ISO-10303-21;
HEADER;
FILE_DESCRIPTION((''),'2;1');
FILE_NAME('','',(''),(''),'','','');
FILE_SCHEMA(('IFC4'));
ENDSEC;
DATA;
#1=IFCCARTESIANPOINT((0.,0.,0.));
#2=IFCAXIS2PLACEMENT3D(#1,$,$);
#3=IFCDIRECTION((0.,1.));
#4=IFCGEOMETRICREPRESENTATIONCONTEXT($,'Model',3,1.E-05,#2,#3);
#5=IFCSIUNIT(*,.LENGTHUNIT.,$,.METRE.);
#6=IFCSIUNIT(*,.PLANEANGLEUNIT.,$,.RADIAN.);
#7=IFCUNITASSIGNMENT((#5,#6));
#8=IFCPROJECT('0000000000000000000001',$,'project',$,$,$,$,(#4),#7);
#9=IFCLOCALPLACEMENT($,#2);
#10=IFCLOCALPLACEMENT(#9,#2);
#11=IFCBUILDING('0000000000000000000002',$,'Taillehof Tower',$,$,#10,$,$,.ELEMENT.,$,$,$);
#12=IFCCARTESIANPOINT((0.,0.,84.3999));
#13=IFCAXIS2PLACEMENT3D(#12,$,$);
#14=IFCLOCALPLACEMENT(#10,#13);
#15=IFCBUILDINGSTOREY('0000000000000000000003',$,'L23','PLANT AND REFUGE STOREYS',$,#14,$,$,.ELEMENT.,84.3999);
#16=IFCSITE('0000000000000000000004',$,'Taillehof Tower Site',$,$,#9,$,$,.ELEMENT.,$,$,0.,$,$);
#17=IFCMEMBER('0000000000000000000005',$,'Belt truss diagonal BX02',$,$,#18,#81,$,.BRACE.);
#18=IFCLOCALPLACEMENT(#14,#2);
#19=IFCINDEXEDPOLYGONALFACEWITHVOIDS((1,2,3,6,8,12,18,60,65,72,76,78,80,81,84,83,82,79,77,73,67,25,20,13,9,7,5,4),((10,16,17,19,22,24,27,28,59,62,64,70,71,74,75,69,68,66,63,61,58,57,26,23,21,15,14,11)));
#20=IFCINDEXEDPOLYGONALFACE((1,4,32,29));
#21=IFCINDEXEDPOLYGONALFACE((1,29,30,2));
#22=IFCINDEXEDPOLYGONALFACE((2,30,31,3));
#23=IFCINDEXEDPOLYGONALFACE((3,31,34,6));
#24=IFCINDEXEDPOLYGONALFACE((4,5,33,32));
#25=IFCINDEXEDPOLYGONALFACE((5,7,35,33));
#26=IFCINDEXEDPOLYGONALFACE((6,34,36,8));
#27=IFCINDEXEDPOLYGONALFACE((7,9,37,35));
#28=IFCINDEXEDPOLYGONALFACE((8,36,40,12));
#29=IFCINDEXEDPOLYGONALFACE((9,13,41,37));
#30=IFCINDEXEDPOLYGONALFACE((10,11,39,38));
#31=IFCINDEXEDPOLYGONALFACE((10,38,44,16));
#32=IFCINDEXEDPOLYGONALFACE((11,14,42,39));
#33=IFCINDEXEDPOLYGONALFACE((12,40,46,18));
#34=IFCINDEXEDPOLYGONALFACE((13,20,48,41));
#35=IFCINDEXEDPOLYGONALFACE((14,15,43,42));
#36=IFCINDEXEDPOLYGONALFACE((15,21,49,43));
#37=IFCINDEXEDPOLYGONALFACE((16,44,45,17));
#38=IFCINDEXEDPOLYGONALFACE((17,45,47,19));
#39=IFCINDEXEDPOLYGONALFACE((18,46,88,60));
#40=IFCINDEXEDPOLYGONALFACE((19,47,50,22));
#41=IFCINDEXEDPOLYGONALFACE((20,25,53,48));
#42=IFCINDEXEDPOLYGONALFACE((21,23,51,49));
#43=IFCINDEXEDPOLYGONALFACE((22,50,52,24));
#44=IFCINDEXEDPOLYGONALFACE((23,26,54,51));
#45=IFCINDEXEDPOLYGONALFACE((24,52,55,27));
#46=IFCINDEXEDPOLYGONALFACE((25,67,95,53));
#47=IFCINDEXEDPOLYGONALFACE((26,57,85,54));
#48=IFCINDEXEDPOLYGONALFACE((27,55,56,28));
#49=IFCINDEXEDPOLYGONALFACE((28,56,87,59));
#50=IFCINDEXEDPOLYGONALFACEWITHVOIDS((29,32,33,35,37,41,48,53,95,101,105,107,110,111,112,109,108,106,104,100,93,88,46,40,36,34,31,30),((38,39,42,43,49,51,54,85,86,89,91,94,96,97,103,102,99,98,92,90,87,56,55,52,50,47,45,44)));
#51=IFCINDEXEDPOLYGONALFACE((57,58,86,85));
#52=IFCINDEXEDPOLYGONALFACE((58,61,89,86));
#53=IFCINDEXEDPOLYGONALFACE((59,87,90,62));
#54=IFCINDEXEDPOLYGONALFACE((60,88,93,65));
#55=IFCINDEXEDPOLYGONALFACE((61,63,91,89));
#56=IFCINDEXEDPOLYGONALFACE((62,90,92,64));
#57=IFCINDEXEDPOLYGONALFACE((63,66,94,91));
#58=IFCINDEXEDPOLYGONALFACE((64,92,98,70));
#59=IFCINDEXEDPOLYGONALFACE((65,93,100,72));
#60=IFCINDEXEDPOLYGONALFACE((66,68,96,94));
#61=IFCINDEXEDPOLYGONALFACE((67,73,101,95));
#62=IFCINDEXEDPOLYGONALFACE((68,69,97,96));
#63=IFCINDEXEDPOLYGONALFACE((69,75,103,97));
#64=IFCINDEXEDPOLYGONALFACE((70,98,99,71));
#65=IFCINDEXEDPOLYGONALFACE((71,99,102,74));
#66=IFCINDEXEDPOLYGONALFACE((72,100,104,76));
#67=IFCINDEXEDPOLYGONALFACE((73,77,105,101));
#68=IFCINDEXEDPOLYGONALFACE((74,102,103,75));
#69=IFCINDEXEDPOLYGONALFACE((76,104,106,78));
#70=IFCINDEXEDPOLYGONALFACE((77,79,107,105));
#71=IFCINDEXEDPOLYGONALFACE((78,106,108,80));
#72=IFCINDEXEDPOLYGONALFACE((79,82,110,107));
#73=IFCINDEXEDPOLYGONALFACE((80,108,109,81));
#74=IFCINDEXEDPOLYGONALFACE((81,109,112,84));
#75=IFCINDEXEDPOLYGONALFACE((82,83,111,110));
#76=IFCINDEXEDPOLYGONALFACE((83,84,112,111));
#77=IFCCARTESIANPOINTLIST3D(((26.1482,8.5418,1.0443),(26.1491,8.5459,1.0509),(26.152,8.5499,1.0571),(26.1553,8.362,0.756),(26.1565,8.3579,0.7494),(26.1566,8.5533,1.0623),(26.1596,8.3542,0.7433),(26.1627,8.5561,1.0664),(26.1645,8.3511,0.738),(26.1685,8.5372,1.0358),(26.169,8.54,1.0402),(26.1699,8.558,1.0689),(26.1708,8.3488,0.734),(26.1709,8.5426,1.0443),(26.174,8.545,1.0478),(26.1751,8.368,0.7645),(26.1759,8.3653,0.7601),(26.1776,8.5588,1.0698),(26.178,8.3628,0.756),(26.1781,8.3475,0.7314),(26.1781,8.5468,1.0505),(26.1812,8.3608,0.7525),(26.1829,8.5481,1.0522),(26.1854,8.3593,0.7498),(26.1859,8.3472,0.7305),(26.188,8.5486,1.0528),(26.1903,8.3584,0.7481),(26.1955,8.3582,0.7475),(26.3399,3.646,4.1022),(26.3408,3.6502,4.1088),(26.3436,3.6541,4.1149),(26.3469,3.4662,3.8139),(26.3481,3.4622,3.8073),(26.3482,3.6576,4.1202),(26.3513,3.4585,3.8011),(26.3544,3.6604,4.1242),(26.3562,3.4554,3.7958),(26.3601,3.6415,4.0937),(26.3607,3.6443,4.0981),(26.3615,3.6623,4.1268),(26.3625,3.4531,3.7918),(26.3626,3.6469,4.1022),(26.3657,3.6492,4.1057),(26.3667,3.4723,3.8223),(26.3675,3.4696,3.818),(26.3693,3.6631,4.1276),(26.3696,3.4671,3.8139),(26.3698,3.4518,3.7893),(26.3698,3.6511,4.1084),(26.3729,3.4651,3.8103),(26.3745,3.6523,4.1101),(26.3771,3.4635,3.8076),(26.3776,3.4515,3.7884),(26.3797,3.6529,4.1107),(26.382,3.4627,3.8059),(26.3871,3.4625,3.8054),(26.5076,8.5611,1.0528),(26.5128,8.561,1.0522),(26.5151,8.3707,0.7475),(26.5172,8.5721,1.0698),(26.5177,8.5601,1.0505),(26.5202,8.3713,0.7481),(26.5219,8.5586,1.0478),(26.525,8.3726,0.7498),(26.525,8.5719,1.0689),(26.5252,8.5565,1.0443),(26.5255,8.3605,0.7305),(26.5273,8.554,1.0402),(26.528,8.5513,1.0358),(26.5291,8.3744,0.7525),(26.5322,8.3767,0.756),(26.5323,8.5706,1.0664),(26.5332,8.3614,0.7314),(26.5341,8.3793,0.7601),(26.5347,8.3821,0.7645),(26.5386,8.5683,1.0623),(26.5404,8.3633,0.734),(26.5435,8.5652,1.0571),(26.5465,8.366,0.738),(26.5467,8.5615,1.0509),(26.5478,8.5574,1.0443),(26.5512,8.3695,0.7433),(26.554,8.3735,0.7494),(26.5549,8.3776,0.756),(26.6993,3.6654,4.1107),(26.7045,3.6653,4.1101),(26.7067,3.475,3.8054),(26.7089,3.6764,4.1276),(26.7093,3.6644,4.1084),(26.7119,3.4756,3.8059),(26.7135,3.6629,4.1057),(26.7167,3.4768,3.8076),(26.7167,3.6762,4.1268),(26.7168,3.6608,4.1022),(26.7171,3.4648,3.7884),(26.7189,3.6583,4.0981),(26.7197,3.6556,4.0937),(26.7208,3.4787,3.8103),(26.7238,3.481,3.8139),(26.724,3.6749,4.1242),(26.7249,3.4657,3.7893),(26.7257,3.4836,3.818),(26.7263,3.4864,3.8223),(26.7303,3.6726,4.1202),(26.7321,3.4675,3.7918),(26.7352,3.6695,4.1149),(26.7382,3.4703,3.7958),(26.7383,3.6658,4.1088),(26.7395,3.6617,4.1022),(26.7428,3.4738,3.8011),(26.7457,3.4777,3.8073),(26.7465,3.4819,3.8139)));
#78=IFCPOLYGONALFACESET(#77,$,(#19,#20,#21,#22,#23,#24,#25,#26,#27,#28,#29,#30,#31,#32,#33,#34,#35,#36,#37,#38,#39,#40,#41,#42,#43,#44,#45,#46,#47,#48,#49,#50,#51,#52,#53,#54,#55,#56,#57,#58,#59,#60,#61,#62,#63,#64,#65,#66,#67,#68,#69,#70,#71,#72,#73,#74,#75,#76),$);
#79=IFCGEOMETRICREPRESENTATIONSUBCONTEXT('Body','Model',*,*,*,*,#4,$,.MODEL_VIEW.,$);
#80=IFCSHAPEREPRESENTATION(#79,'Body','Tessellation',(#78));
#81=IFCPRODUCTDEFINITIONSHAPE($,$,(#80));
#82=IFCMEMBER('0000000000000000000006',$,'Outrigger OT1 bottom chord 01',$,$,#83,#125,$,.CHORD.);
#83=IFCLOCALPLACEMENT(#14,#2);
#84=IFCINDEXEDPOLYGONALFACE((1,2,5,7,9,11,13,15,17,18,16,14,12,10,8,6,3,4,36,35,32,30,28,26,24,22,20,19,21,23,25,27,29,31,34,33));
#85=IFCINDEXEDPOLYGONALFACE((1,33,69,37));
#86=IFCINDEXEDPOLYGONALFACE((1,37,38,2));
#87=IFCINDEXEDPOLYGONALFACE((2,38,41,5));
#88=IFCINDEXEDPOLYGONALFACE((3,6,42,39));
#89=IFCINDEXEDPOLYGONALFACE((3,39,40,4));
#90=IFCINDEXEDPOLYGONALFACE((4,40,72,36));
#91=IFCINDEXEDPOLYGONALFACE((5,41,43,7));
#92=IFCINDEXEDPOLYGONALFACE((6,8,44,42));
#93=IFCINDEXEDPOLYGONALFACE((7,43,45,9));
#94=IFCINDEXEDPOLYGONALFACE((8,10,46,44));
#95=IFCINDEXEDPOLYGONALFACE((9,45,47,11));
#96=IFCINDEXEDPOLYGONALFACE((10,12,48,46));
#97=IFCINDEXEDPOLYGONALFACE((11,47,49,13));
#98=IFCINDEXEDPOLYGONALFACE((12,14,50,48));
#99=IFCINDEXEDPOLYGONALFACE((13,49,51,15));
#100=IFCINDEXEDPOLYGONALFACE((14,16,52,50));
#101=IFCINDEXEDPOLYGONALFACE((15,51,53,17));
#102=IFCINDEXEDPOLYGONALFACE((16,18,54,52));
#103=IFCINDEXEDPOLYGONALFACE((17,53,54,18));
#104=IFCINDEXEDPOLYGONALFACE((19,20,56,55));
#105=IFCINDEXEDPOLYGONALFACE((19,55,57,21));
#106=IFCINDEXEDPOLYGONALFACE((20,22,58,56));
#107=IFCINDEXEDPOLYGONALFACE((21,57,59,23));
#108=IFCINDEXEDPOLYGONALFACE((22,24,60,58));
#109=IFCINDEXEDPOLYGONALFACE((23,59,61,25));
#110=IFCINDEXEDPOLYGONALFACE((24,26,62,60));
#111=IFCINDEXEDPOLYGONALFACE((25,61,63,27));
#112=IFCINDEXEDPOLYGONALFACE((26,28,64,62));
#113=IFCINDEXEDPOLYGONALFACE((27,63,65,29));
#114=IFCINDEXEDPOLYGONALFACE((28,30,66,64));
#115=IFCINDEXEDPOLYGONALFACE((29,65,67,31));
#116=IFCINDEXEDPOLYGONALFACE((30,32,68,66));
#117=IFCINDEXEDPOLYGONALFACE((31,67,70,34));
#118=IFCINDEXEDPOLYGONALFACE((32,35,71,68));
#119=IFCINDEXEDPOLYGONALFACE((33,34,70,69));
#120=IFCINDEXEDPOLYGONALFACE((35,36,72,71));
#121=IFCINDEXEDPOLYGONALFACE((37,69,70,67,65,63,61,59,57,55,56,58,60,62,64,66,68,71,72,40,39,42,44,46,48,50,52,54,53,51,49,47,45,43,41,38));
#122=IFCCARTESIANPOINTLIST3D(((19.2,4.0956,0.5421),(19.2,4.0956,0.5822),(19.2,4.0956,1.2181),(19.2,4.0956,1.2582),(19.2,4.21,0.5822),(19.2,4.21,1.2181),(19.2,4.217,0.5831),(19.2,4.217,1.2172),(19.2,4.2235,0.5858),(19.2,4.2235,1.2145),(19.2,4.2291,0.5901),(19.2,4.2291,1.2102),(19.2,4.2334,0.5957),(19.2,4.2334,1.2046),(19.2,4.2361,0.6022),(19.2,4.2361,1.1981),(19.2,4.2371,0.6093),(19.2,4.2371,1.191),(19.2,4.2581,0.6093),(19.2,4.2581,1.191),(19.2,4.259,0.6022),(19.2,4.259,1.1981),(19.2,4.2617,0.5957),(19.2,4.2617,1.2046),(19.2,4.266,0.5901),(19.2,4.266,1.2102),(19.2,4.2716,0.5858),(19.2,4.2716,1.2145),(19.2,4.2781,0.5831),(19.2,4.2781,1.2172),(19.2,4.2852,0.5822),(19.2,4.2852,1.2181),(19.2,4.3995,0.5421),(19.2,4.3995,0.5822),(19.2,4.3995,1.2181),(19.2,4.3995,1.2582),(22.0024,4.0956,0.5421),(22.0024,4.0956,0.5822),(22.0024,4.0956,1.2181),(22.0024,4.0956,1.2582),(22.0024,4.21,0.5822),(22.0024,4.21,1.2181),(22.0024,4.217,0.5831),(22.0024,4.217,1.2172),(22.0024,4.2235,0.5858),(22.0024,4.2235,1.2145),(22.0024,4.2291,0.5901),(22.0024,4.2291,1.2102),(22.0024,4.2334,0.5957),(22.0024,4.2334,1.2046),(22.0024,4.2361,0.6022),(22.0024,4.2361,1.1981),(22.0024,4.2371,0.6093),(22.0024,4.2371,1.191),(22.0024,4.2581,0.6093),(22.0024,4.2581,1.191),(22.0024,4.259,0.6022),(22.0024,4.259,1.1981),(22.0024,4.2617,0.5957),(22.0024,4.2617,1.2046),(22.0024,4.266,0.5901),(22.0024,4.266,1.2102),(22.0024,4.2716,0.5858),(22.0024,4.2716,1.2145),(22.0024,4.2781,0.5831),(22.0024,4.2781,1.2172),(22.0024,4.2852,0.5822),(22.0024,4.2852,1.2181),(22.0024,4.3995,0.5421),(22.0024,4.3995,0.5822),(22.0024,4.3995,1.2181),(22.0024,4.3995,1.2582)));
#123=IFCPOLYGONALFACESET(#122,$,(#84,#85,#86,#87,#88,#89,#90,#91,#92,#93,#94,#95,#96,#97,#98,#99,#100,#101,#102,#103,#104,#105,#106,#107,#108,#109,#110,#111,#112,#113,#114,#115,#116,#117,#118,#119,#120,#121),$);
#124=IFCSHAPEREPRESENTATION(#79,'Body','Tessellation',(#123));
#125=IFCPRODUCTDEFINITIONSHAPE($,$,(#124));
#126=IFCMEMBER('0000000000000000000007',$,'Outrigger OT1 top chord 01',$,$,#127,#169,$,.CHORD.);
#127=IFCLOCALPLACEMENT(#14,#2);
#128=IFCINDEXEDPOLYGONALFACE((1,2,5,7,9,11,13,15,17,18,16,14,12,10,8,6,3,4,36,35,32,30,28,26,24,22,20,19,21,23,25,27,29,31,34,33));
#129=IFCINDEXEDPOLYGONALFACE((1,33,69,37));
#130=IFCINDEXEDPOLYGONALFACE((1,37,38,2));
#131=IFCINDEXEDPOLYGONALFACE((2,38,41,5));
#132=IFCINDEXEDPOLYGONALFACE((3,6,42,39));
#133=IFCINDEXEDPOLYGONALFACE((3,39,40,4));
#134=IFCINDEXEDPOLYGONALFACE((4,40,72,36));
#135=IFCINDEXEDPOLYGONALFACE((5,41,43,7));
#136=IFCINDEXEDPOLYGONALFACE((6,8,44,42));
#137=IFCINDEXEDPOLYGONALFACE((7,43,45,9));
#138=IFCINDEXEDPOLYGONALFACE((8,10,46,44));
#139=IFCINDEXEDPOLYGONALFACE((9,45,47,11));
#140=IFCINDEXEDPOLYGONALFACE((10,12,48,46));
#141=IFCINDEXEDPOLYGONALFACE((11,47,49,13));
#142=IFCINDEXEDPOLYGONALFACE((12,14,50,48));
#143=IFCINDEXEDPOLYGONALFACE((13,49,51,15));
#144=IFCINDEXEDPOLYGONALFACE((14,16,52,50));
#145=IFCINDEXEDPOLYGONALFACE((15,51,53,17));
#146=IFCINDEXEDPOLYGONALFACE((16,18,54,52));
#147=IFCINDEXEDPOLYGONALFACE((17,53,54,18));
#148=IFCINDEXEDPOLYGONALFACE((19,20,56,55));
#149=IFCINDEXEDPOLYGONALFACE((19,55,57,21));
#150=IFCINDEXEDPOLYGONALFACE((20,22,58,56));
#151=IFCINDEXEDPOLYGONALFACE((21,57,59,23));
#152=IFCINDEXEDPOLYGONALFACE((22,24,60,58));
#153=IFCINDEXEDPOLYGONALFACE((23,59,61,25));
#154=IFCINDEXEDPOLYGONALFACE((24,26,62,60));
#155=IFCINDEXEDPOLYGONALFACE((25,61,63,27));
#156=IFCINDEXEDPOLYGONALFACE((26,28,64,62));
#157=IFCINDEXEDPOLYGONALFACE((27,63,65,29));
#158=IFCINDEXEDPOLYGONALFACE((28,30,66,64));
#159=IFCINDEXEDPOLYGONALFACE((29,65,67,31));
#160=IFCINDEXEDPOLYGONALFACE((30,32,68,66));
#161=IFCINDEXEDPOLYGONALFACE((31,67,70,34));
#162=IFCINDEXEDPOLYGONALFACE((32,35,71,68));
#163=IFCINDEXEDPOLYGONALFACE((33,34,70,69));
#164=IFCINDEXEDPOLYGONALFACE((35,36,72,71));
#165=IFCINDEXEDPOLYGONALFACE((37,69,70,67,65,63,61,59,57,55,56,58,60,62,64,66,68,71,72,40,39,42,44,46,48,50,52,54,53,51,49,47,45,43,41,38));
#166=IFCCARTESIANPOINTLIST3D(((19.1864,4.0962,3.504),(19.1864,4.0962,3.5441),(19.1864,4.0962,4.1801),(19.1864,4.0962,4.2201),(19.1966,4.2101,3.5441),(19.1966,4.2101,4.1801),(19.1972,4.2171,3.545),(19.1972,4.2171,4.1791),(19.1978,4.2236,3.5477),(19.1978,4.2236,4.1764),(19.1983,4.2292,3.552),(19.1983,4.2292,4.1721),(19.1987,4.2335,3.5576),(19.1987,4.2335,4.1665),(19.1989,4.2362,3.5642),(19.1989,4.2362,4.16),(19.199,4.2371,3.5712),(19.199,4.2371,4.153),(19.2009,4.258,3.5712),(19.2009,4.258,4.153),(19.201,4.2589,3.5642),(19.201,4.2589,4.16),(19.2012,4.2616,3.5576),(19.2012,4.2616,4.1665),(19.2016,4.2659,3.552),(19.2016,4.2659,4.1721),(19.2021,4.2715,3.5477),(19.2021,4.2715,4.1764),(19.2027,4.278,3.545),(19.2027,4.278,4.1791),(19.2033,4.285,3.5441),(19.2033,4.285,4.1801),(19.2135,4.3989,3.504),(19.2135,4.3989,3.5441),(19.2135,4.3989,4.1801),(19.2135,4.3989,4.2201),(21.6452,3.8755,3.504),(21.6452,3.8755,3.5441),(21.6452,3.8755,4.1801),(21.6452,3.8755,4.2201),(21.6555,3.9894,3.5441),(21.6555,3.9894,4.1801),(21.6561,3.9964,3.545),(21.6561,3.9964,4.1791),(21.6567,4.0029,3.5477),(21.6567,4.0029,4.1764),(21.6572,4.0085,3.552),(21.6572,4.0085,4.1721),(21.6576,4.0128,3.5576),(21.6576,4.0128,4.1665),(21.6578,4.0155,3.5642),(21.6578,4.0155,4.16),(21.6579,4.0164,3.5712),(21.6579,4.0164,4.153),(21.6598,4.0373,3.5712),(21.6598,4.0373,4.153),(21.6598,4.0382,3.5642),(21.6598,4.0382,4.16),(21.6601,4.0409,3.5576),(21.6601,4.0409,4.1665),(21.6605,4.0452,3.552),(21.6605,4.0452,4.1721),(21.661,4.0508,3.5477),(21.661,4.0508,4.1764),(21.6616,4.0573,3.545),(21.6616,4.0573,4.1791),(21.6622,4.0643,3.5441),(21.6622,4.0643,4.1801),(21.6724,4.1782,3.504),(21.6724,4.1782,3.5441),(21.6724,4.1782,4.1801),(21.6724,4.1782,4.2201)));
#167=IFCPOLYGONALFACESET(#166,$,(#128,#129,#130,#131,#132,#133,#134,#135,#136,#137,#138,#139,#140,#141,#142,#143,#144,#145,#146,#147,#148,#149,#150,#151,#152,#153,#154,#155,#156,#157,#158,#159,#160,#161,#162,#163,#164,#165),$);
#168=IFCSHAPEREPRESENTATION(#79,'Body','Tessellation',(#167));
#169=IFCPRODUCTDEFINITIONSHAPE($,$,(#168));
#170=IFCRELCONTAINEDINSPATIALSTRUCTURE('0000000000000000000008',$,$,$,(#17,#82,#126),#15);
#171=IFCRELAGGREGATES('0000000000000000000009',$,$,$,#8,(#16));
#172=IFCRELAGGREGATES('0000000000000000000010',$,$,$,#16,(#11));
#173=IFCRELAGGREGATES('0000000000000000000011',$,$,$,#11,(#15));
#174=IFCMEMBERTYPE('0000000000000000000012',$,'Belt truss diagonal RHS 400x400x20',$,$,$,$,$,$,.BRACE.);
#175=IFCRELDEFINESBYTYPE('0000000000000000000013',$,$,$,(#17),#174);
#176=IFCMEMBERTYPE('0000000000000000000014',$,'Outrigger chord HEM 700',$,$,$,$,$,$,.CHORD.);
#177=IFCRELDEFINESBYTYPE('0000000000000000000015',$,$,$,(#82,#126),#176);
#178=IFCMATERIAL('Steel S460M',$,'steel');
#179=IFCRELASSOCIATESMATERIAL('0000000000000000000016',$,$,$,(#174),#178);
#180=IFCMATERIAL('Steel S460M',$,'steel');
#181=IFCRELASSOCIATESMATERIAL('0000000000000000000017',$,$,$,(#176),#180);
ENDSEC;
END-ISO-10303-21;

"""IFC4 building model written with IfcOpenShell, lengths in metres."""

from ifc_helpers import new_model, si_unit, direction, frame, origin, origin_2d, place, context, subcontext, project, spatial, hollow_rectangle, i_section, extrude, material, material_profile, profile_set, type_object, element, save


model = new_model("IFC4")

# Units and contexts
model_context = context("Model", 3, precision=1e-05, world=origin(), true_north=direction((0.0, 1.0)))
body_context = subcontext(model_context, "Body", "Model", "MODEL_VIEW")
ifc_project = project(units=[si_unit("LENGTHUNIT", "METRE"), si_unit("PLANEANGLEUNIT", "RADIAN")], contexts=[model_context])

# Site, building, storey
site_placement = place(None, origin())
site = spatial("IfcSite", under=ifc_project, at=site_placement, Name="Taillehof Tower Site", CompositionType="ELEMENT", RefElevation=0.0)
building_placement = place(site_placement, origin())
building = spatial("IfcBuilding", under=site, at=building_placement, Name="Taillehof Tower", CompositionType="ELEMENT")
storey_placement = place(building_placement, frame((0.0, 0.0, 84.3999)))
storey = spatial("IfcBuildingStorey", under=building, at=storey_placement, Name="L23", Description="PLANT AND REFUGE STOREYS", CompositionType="ELEMENT", Elevation=84.3999)

# Members
ifc_material_1 = material(Name="Steel S460M", Category="steel")
ifc_material_profile_1 = material_profile(ifc_material_1, hollow_rectangle(XDim=0.3999, YDim=0.3999, WallThickness=0.02, InnerFilletRadius=0.02, OuterFilletRadius=0.03, at=origin_2d()), Name="RHS 400x400x20")
ifc_profile_set_1 = profile_set([ifc_material_profile_1], Name="Steel S460M")
member_type_1 = type_object("IfcMemberType", Name="Belt truss diagonal RHS 400x400x20", PredefinedType="BRACE", material=ifc_profile_set_1)
member_1_placement = place(storey_placement, frame((26.5432, 3.564, 3.958), z_axis=(-0.033184, 0.847686, -0.52946), x_axis=(-0.999235, -0.039116, 0.0)))
element("IfcMember", 1, at=member_1_placement, inside=storey, type_object=member_type_1, Name="Belt truss diagonal BX02", PredefinedType="BRACE", context=body_context, shape_type="SweptSolid", body=[
    extrude(hollow_rectangle(XDim=0.3999, YDim=0.3999, WallThickness=0.02, InnerFilletRadius=0.02, OuterFilletRadius=0.03, at=origin_2d()), origin(), (0.0, 0.0, 1.0), 5.7754),
])
ifc_material_2 = material(Name="Steel S460M", Category="steel")
ifc_material_profile_2 = material_profile(ifc_material_2, i_section(OverallWidth=0.304, OverallDepth=0.7161, WebThickness=0.021, FlangeThickness=0.04, FilletRadius=0.0271, at=origin_2d()), Name="HEM 700")
ifc_profile_set_2 = profile_set([ifc_material_profile_2], Name="Steel S460M")
member_type_2 = type_object("IfcMemberType", Name="Outrigger chord HEM 700", PredefinedType="CHORD", material=ifc_profile_set_2)
member_2_placement = place(storey_placement, frame((19.2, 4.2476, 0.9001), z_axis=(1.0, 0.0, 0.0), x_axis=(0.0, 1.0, 0.0)))
element("IfcMember", 2, at=member_2_placement, inside=storey, type_object=member_type_2, Name="Outrigger OT1 bottom chord 01", PredefinedType="CHORD", context=body_context, shape_type="SweptSolid", body=[
    extrude(i_section(OverallWidth=0.304, OverallDepth=0.7161, WebThickness=0.021, FlangeThickness=0.04, FilletRadius=0.0271, at=origin_2d()), origin(), (0.0, 0.0, 1.0), 2.8025),
])
member_3_placement = place(storey_placement, frame((19.2, 4.2476, 3.8621), z_axis=(0.995996, -0.089394, 0.0), x_axis=(0.089394, 0.995996, 0.0)))
element("IfcMember", 3, at=member_3_placement, inside=storey, type_object=member_type_2, Name="Outrigger OT1 top chord 01", PredefinedType="CHORD", context=body_context, shape_type="SweptSolid", body=[
    extrude(i_section(OverallWidth=0.304, OverallDepth=0.7161, WebThickness=0.021, FlangeThickness=0.04, FilletRadius=0.0271, at=origin_2d()), origin(), (0.0, 0.0, 1.0), 2.4688),
])

save(model, "model.ifc")
